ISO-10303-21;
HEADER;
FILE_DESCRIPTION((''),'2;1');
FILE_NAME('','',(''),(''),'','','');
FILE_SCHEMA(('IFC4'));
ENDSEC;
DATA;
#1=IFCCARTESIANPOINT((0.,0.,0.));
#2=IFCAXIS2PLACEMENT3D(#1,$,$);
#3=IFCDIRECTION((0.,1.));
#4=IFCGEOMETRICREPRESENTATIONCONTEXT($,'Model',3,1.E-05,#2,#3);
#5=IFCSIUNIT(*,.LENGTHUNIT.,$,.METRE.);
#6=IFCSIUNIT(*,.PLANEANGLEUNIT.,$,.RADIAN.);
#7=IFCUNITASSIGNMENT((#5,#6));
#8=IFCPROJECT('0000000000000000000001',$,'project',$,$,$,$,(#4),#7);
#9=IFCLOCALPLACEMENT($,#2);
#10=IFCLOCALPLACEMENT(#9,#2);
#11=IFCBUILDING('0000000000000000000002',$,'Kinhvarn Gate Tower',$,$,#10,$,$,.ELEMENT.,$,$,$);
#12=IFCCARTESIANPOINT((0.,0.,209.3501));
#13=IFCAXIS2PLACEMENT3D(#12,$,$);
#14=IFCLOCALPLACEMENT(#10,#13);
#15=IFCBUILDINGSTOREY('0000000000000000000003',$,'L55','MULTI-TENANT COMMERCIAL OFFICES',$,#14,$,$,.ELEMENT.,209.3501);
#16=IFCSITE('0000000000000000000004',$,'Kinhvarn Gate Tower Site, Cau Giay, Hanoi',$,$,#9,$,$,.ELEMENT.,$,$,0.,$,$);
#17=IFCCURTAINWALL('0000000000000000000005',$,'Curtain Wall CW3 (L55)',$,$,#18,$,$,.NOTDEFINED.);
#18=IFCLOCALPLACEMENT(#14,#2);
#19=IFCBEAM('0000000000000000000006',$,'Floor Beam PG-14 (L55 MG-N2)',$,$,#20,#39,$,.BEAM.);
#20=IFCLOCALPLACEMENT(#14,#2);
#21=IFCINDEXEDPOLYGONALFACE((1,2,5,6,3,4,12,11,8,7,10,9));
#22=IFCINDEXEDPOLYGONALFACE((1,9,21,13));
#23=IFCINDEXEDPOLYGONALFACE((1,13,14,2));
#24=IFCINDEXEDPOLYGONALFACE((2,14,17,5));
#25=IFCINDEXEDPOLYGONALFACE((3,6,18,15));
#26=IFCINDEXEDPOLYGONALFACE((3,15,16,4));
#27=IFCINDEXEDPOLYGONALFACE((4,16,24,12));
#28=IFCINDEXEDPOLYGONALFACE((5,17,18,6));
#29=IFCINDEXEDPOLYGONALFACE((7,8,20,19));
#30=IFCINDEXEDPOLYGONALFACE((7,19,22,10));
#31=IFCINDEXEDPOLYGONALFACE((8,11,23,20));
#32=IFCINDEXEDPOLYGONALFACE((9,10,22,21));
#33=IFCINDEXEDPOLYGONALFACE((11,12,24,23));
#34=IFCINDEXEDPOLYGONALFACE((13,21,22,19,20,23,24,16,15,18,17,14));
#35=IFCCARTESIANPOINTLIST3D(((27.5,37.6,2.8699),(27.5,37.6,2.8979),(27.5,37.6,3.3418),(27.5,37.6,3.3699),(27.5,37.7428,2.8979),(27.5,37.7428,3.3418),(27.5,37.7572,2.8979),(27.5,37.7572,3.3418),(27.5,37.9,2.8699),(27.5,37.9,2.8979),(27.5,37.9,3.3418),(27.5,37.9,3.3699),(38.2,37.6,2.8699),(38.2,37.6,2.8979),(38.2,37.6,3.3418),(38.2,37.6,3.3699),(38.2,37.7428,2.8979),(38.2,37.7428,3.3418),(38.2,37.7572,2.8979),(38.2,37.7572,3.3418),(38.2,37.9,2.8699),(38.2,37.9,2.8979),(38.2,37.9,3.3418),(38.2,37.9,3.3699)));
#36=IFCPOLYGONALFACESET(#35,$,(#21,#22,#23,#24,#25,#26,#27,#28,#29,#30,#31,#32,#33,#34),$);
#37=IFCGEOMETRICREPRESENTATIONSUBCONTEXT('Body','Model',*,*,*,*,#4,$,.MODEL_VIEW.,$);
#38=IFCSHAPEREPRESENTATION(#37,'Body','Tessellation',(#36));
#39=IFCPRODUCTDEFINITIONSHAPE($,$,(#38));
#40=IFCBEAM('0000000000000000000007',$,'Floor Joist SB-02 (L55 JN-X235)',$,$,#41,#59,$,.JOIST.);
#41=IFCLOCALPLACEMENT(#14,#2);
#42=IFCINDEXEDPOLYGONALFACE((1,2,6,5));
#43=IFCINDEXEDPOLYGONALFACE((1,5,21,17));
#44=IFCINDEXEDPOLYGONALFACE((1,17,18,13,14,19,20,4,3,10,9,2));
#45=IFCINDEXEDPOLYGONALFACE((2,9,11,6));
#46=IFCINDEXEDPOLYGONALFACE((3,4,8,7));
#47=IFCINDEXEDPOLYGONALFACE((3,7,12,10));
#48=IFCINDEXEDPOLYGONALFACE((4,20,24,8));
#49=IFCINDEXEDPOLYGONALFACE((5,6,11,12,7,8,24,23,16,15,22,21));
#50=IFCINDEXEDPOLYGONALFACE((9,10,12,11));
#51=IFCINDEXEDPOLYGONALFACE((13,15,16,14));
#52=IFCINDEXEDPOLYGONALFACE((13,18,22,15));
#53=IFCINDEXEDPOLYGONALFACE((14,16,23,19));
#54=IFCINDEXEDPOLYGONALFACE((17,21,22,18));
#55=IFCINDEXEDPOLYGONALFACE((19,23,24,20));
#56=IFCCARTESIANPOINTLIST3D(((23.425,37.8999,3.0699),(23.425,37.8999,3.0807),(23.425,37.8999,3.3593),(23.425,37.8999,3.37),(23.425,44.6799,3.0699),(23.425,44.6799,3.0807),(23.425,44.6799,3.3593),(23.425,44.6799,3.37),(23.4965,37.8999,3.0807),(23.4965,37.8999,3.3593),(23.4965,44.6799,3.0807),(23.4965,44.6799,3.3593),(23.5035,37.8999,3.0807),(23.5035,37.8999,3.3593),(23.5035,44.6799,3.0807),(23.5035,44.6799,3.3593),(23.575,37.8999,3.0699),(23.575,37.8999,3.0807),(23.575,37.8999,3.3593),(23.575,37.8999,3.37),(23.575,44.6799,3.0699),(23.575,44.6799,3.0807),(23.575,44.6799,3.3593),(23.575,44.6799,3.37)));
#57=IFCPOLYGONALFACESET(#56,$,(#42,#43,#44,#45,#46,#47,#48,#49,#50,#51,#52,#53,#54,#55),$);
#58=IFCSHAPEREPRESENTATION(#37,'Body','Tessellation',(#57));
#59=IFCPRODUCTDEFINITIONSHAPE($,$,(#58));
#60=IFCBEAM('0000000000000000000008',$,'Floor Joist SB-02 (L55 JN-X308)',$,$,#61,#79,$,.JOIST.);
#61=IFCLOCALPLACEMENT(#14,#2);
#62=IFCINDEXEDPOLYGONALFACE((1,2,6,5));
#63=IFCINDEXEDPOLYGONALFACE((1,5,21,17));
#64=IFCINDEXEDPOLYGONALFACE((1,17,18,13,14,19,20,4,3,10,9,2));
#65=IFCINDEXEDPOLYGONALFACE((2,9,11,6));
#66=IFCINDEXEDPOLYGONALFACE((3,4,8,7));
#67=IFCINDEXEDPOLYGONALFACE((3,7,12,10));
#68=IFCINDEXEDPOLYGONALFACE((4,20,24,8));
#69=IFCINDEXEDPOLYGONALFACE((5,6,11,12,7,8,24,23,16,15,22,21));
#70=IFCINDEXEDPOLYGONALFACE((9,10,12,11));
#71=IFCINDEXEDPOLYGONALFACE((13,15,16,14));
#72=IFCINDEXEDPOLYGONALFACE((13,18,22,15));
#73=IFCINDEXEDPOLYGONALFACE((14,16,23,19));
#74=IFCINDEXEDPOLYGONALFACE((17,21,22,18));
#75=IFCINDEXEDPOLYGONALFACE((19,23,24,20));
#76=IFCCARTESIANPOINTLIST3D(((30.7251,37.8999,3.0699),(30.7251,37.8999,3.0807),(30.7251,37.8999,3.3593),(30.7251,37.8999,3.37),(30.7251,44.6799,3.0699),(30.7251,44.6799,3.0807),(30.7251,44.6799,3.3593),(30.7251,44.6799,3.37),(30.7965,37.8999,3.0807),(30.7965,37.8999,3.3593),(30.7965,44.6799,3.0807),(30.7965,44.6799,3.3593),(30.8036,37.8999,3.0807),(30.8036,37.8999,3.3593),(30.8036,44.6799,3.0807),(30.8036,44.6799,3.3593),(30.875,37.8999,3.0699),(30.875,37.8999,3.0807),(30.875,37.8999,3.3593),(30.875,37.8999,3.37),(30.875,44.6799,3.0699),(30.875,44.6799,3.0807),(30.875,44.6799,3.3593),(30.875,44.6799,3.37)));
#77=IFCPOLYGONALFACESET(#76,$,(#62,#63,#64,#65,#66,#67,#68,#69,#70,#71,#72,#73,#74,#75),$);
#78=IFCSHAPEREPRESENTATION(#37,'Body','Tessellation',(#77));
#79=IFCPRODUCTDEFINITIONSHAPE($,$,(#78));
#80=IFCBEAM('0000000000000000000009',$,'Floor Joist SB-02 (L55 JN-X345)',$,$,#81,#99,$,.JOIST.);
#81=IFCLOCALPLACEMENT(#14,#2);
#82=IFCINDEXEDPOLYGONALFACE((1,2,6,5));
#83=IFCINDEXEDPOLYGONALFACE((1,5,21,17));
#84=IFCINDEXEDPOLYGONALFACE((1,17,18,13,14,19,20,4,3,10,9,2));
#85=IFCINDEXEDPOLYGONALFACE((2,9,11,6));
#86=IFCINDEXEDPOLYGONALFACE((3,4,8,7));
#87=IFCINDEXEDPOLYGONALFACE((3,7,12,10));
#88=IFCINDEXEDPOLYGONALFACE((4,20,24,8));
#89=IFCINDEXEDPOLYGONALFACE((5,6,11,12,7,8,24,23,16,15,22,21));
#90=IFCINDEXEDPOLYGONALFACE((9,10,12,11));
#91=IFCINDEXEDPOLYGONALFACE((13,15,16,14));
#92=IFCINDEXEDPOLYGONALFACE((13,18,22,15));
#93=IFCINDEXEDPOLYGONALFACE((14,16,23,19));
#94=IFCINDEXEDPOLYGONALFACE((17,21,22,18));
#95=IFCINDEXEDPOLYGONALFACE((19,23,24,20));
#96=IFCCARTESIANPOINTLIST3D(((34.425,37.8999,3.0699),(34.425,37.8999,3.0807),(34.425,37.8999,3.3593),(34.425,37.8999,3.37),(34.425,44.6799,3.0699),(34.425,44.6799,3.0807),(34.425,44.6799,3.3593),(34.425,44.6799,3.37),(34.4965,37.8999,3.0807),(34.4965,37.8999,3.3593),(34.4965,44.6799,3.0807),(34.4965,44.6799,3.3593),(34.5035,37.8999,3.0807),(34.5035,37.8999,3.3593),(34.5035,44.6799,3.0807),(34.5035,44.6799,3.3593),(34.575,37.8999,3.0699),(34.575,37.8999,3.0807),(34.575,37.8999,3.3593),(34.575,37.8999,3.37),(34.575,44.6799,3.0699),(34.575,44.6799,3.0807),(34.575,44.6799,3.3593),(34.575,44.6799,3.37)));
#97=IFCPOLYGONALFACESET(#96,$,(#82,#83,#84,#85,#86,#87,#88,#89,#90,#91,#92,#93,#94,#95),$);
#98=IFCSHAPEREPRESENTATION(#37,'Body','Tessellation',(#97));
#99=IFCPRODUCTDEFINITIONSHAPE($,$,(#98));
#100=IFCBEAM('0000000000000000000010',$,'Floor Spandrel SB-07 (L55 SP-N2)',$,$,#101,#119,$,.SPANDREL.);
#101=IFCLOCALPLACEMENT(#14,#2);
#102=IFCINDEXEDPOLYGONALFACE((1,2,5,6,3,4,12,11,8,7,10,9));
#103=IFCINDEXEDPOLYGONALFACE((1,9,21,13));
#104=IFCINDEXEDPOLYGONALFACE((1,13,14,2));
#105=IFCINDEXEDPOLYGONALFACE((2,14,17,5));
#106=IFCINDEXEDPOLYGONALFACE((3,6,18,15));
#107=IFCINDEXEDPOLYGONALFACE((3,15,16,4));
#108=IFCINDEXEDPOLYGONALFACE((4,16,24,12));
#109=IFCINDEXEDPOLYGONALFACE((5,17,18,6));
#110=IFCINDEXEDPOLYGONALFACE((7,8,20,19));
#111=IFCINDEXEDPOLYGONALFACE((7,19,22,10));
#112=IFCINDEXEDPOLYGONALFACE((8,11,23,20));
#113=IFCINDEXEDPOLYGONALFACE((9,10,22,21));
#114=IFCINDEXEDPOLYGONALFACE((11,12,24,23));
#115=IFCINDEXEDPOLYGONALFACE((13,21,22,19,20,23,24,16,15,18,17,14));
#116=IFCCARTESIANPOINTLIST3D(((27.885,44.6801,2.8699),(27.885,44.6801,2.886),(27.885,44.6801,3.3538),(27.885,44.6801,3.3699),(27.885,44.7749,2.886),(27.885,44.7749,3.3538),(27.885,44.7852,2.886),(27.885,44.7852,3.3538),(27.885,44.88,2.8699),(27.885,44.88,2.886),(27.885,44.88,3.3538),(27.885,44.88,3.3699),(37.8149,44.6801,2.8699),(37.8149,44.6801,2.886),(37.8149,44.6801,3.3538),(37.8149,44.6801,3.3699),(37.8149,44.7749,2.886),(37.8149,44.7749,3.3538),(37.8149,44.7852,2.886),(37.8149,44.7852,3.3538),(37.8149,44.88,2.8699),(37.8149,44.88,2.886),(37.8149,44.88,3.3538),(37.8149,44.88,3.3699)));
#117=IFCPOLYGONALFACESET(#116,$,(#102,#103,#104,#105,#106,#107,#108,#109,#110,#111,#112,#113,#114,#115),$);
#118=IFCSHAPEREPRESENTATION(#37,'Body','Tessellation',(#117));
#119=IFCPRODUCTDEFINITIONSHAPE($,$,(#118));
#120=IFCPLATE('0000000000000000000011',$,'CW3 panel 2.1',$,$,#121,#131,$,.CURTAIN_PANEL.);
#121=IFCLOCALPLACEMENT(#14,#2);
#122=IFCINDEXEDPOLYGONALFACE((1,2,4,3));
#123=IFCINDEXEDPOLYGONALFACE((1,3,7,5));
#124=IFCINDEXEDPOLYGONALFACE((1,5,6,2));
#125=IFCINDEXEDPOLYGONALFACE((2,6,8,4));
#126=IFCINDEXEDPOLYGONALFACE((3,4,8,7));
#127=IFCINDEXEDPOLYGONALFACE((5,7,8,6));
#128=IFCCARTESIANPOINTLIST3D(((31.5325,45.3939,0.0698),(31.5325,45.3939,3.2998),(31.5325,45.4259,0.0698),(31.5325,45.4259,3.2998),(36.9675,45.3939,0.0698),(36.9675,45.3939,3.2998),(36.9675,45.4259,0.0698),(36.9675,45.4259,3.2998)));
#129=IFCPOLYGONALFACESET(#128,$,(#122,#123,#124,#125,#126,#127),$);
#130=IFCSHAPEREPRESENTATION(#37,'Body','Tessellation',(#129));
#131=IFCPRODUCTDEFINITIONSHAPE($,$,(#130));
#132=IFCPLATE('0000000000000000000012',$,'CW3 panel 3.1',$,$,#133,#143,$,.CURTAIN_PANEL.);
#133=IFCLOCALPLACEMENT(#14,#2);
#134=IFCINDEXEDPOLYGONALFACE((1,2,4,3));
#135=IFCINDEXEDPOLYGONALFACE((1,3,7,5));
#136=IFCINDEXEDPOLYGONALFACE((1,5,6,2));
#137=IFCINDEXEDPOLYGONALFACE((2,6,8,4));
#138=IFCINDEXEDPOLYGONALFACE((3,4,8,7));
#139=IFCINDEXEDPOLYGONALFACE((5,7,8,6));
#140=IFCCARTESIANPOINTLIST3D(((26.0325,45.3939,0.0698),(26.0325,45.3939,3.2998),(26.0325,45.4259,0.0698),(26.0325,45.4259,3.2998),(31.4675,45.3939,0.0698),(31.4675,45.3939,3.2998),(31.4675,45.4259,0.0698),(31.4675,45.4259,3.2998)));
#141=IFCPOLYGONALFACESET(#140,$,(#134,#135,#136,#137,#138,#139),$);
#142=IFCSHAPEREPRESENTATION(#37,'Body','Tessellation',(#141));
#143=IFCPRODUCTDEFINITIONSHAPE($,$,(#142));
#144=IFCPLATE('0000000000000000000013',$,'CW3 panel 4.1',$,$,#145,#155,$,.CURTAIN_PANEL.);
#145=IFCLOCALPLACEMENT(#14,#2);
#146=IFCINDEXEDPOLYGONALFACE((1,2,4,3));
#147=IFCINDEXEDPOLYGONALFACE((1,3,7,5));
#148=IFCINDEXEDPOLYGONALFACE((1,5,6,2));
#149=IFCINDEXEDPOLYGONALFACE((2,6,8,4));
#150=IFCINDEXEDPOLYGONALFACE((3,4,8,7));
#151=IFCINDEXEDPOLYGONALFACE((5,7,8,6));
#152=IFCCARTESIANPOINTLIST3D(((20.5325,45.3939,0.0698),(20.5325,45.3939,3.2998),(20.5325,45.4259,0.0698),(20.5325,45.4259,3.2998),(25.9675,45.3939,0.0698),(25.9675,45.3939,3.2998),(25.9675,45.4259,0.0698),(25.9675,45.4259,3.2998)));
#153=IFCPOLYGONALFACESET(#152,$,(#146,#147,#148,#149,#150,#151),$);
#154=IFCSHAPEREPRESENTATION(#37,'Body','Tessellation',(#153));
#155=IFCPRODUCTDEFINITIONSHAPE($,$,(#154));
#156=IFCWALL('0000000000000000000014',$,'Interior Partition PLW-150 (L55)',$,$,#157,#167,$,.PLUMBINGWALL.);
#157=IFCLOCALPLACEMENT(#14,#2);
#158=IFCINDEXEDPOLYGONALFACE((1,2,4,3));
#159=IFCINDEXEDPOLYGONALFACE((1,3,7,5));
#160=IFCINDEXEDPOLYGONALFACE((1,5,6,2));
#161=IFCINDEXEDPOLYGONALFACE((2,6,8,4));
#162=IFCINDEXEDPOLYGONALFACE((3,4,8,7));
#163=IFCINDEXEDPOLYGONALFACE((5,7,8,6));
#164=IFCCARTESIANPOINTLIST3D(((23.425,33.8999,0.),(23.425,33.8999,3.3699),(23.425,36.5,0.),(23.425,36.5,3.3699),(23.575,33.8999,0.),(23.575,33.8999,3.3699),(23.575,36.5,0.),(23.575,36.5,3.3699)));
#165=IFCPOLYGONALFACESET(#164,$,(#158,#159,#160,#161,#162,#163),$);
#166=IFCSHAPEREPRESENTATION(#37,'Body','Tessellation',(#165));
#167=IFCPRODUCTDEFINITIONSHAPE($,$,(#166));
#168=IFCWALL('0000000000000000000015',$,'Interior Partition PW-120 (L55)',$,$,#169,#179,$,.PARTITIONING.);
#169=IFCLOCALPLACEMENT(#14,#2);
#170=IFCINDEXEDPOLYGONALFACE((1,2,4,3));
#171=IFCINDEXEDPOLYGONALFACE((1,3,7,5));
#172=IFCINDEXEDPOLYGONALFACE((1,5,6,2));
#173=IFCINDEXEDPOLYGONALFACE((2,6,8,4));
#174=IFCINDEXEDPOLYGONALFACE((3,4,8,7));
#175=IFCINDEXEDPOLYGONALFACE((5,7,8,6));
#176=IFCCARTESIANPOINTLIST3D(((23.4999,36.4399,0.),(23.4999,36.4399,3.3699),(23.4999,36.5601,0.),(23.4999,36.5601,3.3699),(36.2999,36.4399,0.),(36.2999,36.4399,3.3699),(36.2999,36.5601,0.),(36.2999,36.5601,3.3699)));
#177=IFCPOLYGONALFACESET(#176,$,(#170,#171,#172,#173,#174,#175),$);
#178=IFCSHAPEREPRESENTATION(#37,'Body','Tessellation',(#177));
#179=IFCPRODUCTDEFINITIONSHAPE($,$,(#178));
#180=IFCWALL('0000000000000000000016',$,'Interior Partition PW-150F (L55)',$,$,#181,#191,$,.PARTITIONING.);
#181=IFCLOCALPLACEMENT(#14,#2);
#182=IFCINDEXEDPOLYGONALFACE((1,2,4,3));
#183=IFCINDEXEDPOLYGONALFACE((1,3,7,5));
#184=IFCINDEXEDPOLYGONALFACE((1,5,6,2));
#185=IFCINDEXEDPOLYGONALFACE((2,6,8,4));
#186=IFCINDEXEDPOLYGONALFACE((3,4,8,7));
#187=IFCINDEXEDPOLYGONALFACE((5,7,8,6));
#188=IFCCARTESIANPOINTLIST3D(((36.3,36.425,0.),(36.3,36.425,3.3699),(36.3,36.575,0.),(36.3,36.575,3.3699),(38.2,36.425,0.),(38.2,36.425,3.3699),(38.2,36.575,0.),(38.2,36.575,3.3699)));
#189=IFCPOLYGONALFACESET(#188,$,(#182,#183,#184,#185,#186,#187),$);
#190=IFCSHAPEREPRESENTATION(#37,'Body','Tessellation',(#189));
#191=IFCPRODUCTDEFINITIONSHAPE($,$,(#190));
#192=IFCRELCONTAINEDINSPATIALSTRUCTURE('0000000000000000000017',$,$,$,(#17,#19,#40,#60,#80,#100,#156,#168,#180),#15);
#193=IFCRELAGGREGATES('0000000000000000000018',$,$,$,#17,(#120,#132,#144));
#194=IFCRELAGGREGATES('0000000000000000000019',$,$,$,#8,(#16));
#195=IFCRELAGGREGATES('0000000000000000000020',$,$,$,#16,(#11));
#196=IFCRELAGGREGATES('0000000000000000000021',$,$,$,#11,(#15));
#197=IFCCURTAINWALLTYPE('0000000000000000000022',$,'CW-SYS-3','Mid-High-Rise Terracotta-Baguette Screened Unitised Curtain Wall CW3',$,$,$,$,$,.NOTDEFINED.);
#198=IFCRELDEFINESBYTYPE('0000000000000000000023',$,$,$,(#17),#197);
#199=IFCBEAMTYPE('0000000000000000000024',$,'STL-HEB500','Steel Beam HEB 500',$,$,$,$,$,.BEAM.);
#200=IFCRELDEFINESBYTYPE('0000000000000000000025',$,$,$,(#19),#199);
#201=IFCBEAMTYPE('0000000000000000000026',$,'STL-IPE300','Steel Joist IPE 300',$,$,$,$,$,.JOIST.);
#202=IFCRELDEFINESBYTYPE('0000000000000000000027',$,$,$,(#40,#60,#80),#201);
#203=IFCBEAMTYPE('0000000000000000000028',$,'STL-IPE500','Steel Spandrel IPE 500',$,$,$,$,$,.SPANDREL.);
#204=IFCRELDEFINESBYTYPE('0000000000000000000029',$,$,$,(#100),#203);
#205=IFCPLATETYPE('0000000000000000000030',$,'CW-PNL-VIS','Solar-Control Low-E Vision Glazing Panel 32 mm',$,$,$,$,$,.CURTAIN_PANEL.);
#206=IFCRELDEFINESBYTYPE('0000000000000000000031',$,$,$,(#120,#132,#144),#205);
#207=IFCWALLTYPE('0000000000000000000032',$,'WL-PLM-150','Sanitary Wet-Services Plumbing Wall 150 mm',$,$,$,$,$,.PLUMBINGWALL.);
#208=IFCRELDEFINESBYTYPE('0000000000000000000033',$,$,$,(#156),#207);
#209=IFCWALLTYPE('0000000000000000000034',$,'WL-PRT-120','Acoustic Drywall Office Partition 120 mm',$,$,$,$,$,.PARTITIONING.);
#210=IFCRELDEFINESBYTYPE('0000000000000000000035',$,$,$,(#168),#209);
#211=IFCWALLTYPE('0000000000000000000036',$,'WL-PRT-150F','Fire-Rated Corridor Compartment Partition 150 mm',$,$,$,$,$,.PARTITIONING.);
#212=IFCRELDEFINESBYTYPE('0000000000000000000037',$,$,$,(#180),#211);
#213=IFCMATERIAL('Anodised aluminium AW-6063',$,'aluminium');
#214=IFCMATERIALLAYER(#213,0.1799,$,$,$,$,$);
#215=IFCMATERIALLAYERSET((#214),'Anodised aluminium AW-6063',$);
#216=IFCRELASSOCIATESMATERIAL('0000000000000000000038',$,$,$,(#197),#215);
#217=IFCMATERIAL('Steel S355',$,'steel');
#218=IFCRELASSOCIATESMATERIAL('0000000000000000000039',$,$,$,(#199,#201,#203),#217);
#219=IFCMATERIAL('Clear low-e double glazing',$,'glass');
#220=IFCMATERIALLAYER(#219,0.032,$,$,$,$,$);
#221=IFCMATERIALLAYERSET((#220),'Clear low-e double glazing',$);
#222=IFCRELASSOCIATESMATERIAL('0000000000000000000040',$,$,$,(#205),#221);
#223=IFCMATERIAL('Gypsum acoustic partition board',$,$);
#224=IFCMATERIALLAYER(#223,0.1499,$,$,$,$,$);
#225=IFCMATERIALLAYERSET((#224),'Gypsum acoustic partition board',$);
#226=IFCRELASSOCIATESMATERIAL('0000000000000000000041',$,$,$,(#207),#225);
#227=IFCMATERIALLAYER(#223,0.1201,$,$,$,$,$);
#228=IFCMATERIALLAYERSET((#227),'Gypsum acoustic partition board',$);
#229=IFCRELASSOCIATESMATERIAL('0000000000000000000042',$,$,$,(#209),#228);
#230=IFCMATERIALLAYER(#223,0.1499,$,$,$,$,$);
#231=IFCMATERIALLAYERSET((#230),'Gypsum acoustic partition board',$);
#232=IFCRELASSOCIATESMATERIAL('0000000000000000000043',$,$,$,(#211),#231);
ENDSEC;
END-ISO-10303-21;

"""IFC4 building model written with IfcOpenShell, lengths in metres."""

from ifc_helpers import new_model, si_unit, direction, frame, frame_2d, origin, origin_2d, place, context, subcontext, project, spatial, rectangle, i_section, extrude, material, layer, layer_set, material_profile, profile_set, type_object, element, aggregate, save


model = new_model("IFC4")

# Units and contexts
model_context = context("Model", 3, precision=1e-05, world=origin(), true_north=direction((0.0, 1.0)))
body_context = subcontext(model_context, "Body", "Model", "MODEL_VIEW")
ifc_project = project(units=[si_unit("LENGTHUNIT", "METRE"), si_unit("PLANEANGLEUNIT", "RADIAN")], contexts=[model_context])

# Site, building, storey
site_placement = place(None, origin())
site = spatial("IfcSite", under=ifc_project, at=site_placement, Name="Kinhvarn Gate Tower Site, Cau Giay, Hanoi", CompositionType="ELEMENT", RefElevation=0.0)
building_placement = place(site_placement, origin())
building = spatial("IfcBuilding", under=site, at=building_placement, Name="Kinhvarn Gate Tower", CompositionType="ELEMENT")
storey_placement = place(building_placement, frame((0.0, 0.0, 209.3501)))
storey = spatial("IfcBuildingStorey", under=building, at=storey_placement, Name="L55", Description="MULTI-TENANT COMMERCIAL OFFICES", CompositionType="ELEMENT", Elevation=209.3501)

# Curtain wall
ifc_material_1 = material(Name="Anodised aluminium AW-6063", Category="aluminium")
ifc_layer_1 = layer(ifc_material_1, 0.1799)
ifc_layer_set_1 = layer_set([ifc_layer_1], Name="Anodised aluminium AW-6063")
curtain_wall_type = type_object("IfcCurtainWallType", Name="CW-SYS-3", Description="Mid-High-Rise Terracotta-Baguette Screened Unitised Curtain Wall CW3", PredefinedType="NOTDEFINED", material=ifc_layer_set_1)
curtain_wall_placement = place(storey_placement, origin())
curtain_wall = element("IfcCurtainWall", 1, at=curtain_wall_placement, inside=storey, type_object=curtain_wall_type, Name="Curtain Wall CW3 (L55)", PredefinedType="NOTDEFINED")

# Beams
ifc_material_2 = material(Name="Steel S355", Category="steel")
ifc_material_profile_1 = material_profile(ifc_material_2, i_section(OverallWidth=0.3, OverallDepth=0.5, WebThickness=0.0144, FlangeThickness=0.0281, at=origin_2d()), Name="HEB 500")
ifc_profile_set_1 = profile_set([ifc_material_profile_1], Name="Steel S355")
beam_type_1 = type_object("IfcBeamType", Name="STL-HEB500", Description="Steel Beam HEB 500", PredefinedType="BEAM", material=ifc_profile_set_1)
beam_1_placement = place(storey_placement, frame((27.5, 37.75, 3.1199), z_axis=(1.0, 0.0, 0.0), x_axis=(0.0, 1.0, 0.0)))
element("IfcBeam", 2, at=beam_1_placement, inside=storey, type_object=beam_type_1, Name="Floor Beam PG-14 (L55 MG-N2)", PredefinedType="BEAM", context=body_context, shape_type="SweptSolid", body=[
    extrude(i_section(OverallWidth=0.3, OverallDepth=0.5, WebThickness=0.0144, FlangeThickness=0.0281, at=origin_2d()), origin(), (0.0, 0.0, 1.0), 10.7),
])
ifc_material_profile_2 = material_profile(ifc_material_2, i_section(OverallWidth=0.1499, OverallDepth=0.3, WebThickness=0.0071, FlangeThickness=0.0107, at=origin_2d()), Name="IPE 300")
ifc_profile_set_2 = profile_set([ifc_material_profile_2], Name="Steel S355")
beam_type_2 = type_object("IfcBeamType", Name="STL-IPE300", Description="Steel Joist IPE 300", PredefinedType="JOIST", material=ifc_profile_set_2)
for number, where, z_axis, x_axis, name in (
    (3, (23.5, 37.8999, 3.22), (0.0, 1.0, 0.0), (-1.0, 0.0, 0.0), "Floor Joist SB-02 (L55 JN-X235)"),
    (4, (30.8, 37.8999, 3.22), (0.0, 1.0, 0.0), (-1.0, 0.0, 0.0), "Floor Joist SB-02 (L55 JN-X308)"),
    (5, (34.5, 37.8999, 3.22), (0.0, 1.0, 0.0), (-1.0, 0.0, 0.0), "Floor Joist SB-02 (L55 JN-X345)"),
):
    element("IfcBeam", number, at=place(storey_placement, frame(where, z_axis=z_axis, x_axis=x_axis)), inside=storey, type_object=beam_type_2, Name=name, PredefinedType="JOIST", context=body_context, shape_type="SweptSolid", body=[
        extrude(i_section(OverallWidth=0.1499, OverallDepth=0.3, WebThickness=0.0071, FlangeThickness=0.0107, at=origin_2d()), origin(), (0.0, 0.0, 1.0), 6.78),
    ])
ifc_material_profile_3 = material_profile(ifc_material_2, i_section(OverallWidth=0.2, OverallDepth=0.5, WebThickness=0.0103, FlangeThickness=0.0161, at=origin_2d()), Name="IPE 500")
ifc_profile_set_3 = profile_set([ifc_material_profile_3], Name="Steel S355")
beam_type_3 = type_object("IfcBeamType", Name="STL-IPE500", Description="Steel Spandrel IPE 500", PredefinedType="SPANDREL", material=ifc_profile_set_3)
beam_2_placement = place(storey_placement, frame((27.885, 44.78, 3.1199), z_axis=(1.0, 0.0, 0.0), x_axis=(0.0, 1.0, 0.0)))
element("IfcBeam", 6, at=beam_2_placement, inside=storey, type_object=beam_type_3, Name="Floor Spandrel SB-07 (L55 SP-N2)", PredefinedType="SPANDREL", context=body_context, shape_type="SweptSolid", body=[
    extrude(i_section(OverallWidth=0.2, OverallDepth=0.5, WebThickness=0.0103, FlangeThickness=0.0161, at=origin_2d()), origin(), (0.0, 0.0, 1.0), 9.9299),
])

# Plates
ifc_material_3 = material(Name="Clear low-e double glazing", Category="glass")
ifc_layer_2 = layer(ifc_material_3, 0.032)
ifc_layer_set_2 = layer_set([ifc_layer_2], Name="Clear low-e double glazing")
plate_type = type_object("IfcPlateType", Name="CW-PNL-VIS", Description="Solar-Control Low-E Vision Glazing Panel 32 mm", PredefinedType="CURTAIN_PANEL", material=ifc_layer_set_2)
plate_1_placement = place(storey_placement, frame((34.25, 45.4099, 0.0698), z_axis=(0.0, 0.0, 1.0), x_axis=(-1.0, 0.0, 0.0)))
plate_1 = element("IfcPlate", 7, at=plate_1_placement, type_object=plate_type, Name="CW3 panel 2.1", PredefinedType="CURTAIN_PANEL", context=body_context, shape_type="SweptSolid", body=[
    extrude(rectangle(XDim=5.4351, YDim=0.032, at=origin_2d()), origin(), (0.0, 0.0, 1.0), 3.23),
])
plate_2_placement = place(storey_placement, frame((28.75, 45.4099, 0.0698), z_axis=(0.0, 0.0, 1.0), x_axis=(-1.0, 0.0, 0.0)))
plate_2 = element("IfcPlate", 8, at=plate_2_placement, type_object=plate_type, Name="CW3 panel 3.1", PredefinedType="CURTAIN_PANEL", context=body_context, shape_type="SweptSolid", body=[
    extrude(rectangle(XDim=5.4351, YDim=0.032, at=origin_2d()), origin(), (0.0, 0.0, 1.0), 3.23),
])
plate_3_placement = place(storey_placement, frame((23.25, 45.4099, 0.0698), z_axis=(0.0, 0.0, 1.0), x_axis=(-1.0, 0.0, 0.0)))
plate_3 = element("IfcPlate", 9, at=plate_3_placement, type_object=plate_type, Name="CW3 panel 4.1", PredefinedType="CURTAIN_PANEL", context=body_context, shape_type="SweptSolid", body=[
    extrude(rectangle(XDim=5.4351, YDim=0.032, at=origin_2d()), origin(), (0.0, 0.0, 1.0), 3.23),
])
aggregate(curtain_wall, [plate_1, plate_2, plate_3])

# Walls
ifc_material_4 = material(Name="Gypsum acoustic partition board")
ifc_layer_3 = layer(ifc_material_4, 0.1499)
ifc_layer_set_3 = layer_set([ifc_layer_3], Name="Gypsum acoustic partition board")
wall_type_1 = type_object("IfcWallType", Name="WL-PLM-150", Description="Sanitary Wet-Services Plumbing Wall 150 mm", PredefinedType="PLUMBINGWALL", material=ifc_layer_set_3)
wall_1_placement = place(storey_placement, frame((23.5, 33.8999, 0.0), z_axis=(0.0, 0.0, 1.0), x_axis=(0.0, 1.0, 0.0)))
element("IfcWall", 10, at=wall_1_placement, inside=storey, type_object=wall_type_1, Name="Interior Partition PLW-150 (L55)", PredefinedType="PLUMBINGWALL", context=body_context, shape_type="SweptSolid", body=[
    extrude(rectangle(XDim=2.6001, YDim=0.1499, at=frame_2d((1.3, 0.0))), origin(), (0.0, 0.0, 1.0), 3.3699),
])
ifc_layer_4 = layer(ifc_material_4, 0.1201)
ifc_layer_set_4 = layer_set([ifc_layer_4], Name="Gypsum acoustic partition board")
wall_type_2 = type_object("IfcWallType", Name="WL-PRT-120", Description="Acoustic Drywall Office Partition 120 mm", PredefinedType="PARTITIONING", material=ifc_layer_set_4)
wall_2_placement = place(storey_placement, frame((23.5, 36.5, 0.0), z_axis=(0.0, 0.0, 1.0), x_axis=(1.0, 0.0, 0.0)))
element("IfcWall", 11, at=wall_2_placement, inside=storey, type_object=wall_type_2, Name="Interior Partition PW-120 (L55)", PredefinedType="PARTITIONING", context=body_context, shape_type="SweptSolid", body=[
    extrude(rectangle(XDim=12.8, YDim=0.1201, at=frame_2d((6.3999, 0.0))), origin(), (0.0, 0.0, 1.0), 3.3699),
])
ifc_layer_5 = layer(ifc_material_4, 0.1499)
ifc_layer_set_5 = layer_set([ifc_layer_5], Name="Gypsum acoustic partition board")
wall_type_3 = type_object("IfcWallType", Name="WL-PRT-150F", Description="Fire-Rated Corridor Compartment Partition 150 mm", PredefinedType="PARTITIONING", material=ifc_layer_set_5)
wall_3_placement = place(storey_placement, frame((36.3, 36.5, 0.0), z_axis=(0.0, 0.0, 1.0), x_axis=(1.0, 0.0, 0.0)))
element("IfcWall", 12, at=wall_3_placement, inside=storey, type_object=wall_type_3, Name="Interior Partition PW-150F (L55)", PredefinedType="PARTITIONING", context=body_context, shape_type="SweptSolid", body=[
    extrude(rectangle(XDim=1.8999, YDim=0.1499, at=frame_2d((0.95, 0.0))), origin(), (0.0, 0.0, 1.0), 3.3699),
])

save(model, "model.ifc")
